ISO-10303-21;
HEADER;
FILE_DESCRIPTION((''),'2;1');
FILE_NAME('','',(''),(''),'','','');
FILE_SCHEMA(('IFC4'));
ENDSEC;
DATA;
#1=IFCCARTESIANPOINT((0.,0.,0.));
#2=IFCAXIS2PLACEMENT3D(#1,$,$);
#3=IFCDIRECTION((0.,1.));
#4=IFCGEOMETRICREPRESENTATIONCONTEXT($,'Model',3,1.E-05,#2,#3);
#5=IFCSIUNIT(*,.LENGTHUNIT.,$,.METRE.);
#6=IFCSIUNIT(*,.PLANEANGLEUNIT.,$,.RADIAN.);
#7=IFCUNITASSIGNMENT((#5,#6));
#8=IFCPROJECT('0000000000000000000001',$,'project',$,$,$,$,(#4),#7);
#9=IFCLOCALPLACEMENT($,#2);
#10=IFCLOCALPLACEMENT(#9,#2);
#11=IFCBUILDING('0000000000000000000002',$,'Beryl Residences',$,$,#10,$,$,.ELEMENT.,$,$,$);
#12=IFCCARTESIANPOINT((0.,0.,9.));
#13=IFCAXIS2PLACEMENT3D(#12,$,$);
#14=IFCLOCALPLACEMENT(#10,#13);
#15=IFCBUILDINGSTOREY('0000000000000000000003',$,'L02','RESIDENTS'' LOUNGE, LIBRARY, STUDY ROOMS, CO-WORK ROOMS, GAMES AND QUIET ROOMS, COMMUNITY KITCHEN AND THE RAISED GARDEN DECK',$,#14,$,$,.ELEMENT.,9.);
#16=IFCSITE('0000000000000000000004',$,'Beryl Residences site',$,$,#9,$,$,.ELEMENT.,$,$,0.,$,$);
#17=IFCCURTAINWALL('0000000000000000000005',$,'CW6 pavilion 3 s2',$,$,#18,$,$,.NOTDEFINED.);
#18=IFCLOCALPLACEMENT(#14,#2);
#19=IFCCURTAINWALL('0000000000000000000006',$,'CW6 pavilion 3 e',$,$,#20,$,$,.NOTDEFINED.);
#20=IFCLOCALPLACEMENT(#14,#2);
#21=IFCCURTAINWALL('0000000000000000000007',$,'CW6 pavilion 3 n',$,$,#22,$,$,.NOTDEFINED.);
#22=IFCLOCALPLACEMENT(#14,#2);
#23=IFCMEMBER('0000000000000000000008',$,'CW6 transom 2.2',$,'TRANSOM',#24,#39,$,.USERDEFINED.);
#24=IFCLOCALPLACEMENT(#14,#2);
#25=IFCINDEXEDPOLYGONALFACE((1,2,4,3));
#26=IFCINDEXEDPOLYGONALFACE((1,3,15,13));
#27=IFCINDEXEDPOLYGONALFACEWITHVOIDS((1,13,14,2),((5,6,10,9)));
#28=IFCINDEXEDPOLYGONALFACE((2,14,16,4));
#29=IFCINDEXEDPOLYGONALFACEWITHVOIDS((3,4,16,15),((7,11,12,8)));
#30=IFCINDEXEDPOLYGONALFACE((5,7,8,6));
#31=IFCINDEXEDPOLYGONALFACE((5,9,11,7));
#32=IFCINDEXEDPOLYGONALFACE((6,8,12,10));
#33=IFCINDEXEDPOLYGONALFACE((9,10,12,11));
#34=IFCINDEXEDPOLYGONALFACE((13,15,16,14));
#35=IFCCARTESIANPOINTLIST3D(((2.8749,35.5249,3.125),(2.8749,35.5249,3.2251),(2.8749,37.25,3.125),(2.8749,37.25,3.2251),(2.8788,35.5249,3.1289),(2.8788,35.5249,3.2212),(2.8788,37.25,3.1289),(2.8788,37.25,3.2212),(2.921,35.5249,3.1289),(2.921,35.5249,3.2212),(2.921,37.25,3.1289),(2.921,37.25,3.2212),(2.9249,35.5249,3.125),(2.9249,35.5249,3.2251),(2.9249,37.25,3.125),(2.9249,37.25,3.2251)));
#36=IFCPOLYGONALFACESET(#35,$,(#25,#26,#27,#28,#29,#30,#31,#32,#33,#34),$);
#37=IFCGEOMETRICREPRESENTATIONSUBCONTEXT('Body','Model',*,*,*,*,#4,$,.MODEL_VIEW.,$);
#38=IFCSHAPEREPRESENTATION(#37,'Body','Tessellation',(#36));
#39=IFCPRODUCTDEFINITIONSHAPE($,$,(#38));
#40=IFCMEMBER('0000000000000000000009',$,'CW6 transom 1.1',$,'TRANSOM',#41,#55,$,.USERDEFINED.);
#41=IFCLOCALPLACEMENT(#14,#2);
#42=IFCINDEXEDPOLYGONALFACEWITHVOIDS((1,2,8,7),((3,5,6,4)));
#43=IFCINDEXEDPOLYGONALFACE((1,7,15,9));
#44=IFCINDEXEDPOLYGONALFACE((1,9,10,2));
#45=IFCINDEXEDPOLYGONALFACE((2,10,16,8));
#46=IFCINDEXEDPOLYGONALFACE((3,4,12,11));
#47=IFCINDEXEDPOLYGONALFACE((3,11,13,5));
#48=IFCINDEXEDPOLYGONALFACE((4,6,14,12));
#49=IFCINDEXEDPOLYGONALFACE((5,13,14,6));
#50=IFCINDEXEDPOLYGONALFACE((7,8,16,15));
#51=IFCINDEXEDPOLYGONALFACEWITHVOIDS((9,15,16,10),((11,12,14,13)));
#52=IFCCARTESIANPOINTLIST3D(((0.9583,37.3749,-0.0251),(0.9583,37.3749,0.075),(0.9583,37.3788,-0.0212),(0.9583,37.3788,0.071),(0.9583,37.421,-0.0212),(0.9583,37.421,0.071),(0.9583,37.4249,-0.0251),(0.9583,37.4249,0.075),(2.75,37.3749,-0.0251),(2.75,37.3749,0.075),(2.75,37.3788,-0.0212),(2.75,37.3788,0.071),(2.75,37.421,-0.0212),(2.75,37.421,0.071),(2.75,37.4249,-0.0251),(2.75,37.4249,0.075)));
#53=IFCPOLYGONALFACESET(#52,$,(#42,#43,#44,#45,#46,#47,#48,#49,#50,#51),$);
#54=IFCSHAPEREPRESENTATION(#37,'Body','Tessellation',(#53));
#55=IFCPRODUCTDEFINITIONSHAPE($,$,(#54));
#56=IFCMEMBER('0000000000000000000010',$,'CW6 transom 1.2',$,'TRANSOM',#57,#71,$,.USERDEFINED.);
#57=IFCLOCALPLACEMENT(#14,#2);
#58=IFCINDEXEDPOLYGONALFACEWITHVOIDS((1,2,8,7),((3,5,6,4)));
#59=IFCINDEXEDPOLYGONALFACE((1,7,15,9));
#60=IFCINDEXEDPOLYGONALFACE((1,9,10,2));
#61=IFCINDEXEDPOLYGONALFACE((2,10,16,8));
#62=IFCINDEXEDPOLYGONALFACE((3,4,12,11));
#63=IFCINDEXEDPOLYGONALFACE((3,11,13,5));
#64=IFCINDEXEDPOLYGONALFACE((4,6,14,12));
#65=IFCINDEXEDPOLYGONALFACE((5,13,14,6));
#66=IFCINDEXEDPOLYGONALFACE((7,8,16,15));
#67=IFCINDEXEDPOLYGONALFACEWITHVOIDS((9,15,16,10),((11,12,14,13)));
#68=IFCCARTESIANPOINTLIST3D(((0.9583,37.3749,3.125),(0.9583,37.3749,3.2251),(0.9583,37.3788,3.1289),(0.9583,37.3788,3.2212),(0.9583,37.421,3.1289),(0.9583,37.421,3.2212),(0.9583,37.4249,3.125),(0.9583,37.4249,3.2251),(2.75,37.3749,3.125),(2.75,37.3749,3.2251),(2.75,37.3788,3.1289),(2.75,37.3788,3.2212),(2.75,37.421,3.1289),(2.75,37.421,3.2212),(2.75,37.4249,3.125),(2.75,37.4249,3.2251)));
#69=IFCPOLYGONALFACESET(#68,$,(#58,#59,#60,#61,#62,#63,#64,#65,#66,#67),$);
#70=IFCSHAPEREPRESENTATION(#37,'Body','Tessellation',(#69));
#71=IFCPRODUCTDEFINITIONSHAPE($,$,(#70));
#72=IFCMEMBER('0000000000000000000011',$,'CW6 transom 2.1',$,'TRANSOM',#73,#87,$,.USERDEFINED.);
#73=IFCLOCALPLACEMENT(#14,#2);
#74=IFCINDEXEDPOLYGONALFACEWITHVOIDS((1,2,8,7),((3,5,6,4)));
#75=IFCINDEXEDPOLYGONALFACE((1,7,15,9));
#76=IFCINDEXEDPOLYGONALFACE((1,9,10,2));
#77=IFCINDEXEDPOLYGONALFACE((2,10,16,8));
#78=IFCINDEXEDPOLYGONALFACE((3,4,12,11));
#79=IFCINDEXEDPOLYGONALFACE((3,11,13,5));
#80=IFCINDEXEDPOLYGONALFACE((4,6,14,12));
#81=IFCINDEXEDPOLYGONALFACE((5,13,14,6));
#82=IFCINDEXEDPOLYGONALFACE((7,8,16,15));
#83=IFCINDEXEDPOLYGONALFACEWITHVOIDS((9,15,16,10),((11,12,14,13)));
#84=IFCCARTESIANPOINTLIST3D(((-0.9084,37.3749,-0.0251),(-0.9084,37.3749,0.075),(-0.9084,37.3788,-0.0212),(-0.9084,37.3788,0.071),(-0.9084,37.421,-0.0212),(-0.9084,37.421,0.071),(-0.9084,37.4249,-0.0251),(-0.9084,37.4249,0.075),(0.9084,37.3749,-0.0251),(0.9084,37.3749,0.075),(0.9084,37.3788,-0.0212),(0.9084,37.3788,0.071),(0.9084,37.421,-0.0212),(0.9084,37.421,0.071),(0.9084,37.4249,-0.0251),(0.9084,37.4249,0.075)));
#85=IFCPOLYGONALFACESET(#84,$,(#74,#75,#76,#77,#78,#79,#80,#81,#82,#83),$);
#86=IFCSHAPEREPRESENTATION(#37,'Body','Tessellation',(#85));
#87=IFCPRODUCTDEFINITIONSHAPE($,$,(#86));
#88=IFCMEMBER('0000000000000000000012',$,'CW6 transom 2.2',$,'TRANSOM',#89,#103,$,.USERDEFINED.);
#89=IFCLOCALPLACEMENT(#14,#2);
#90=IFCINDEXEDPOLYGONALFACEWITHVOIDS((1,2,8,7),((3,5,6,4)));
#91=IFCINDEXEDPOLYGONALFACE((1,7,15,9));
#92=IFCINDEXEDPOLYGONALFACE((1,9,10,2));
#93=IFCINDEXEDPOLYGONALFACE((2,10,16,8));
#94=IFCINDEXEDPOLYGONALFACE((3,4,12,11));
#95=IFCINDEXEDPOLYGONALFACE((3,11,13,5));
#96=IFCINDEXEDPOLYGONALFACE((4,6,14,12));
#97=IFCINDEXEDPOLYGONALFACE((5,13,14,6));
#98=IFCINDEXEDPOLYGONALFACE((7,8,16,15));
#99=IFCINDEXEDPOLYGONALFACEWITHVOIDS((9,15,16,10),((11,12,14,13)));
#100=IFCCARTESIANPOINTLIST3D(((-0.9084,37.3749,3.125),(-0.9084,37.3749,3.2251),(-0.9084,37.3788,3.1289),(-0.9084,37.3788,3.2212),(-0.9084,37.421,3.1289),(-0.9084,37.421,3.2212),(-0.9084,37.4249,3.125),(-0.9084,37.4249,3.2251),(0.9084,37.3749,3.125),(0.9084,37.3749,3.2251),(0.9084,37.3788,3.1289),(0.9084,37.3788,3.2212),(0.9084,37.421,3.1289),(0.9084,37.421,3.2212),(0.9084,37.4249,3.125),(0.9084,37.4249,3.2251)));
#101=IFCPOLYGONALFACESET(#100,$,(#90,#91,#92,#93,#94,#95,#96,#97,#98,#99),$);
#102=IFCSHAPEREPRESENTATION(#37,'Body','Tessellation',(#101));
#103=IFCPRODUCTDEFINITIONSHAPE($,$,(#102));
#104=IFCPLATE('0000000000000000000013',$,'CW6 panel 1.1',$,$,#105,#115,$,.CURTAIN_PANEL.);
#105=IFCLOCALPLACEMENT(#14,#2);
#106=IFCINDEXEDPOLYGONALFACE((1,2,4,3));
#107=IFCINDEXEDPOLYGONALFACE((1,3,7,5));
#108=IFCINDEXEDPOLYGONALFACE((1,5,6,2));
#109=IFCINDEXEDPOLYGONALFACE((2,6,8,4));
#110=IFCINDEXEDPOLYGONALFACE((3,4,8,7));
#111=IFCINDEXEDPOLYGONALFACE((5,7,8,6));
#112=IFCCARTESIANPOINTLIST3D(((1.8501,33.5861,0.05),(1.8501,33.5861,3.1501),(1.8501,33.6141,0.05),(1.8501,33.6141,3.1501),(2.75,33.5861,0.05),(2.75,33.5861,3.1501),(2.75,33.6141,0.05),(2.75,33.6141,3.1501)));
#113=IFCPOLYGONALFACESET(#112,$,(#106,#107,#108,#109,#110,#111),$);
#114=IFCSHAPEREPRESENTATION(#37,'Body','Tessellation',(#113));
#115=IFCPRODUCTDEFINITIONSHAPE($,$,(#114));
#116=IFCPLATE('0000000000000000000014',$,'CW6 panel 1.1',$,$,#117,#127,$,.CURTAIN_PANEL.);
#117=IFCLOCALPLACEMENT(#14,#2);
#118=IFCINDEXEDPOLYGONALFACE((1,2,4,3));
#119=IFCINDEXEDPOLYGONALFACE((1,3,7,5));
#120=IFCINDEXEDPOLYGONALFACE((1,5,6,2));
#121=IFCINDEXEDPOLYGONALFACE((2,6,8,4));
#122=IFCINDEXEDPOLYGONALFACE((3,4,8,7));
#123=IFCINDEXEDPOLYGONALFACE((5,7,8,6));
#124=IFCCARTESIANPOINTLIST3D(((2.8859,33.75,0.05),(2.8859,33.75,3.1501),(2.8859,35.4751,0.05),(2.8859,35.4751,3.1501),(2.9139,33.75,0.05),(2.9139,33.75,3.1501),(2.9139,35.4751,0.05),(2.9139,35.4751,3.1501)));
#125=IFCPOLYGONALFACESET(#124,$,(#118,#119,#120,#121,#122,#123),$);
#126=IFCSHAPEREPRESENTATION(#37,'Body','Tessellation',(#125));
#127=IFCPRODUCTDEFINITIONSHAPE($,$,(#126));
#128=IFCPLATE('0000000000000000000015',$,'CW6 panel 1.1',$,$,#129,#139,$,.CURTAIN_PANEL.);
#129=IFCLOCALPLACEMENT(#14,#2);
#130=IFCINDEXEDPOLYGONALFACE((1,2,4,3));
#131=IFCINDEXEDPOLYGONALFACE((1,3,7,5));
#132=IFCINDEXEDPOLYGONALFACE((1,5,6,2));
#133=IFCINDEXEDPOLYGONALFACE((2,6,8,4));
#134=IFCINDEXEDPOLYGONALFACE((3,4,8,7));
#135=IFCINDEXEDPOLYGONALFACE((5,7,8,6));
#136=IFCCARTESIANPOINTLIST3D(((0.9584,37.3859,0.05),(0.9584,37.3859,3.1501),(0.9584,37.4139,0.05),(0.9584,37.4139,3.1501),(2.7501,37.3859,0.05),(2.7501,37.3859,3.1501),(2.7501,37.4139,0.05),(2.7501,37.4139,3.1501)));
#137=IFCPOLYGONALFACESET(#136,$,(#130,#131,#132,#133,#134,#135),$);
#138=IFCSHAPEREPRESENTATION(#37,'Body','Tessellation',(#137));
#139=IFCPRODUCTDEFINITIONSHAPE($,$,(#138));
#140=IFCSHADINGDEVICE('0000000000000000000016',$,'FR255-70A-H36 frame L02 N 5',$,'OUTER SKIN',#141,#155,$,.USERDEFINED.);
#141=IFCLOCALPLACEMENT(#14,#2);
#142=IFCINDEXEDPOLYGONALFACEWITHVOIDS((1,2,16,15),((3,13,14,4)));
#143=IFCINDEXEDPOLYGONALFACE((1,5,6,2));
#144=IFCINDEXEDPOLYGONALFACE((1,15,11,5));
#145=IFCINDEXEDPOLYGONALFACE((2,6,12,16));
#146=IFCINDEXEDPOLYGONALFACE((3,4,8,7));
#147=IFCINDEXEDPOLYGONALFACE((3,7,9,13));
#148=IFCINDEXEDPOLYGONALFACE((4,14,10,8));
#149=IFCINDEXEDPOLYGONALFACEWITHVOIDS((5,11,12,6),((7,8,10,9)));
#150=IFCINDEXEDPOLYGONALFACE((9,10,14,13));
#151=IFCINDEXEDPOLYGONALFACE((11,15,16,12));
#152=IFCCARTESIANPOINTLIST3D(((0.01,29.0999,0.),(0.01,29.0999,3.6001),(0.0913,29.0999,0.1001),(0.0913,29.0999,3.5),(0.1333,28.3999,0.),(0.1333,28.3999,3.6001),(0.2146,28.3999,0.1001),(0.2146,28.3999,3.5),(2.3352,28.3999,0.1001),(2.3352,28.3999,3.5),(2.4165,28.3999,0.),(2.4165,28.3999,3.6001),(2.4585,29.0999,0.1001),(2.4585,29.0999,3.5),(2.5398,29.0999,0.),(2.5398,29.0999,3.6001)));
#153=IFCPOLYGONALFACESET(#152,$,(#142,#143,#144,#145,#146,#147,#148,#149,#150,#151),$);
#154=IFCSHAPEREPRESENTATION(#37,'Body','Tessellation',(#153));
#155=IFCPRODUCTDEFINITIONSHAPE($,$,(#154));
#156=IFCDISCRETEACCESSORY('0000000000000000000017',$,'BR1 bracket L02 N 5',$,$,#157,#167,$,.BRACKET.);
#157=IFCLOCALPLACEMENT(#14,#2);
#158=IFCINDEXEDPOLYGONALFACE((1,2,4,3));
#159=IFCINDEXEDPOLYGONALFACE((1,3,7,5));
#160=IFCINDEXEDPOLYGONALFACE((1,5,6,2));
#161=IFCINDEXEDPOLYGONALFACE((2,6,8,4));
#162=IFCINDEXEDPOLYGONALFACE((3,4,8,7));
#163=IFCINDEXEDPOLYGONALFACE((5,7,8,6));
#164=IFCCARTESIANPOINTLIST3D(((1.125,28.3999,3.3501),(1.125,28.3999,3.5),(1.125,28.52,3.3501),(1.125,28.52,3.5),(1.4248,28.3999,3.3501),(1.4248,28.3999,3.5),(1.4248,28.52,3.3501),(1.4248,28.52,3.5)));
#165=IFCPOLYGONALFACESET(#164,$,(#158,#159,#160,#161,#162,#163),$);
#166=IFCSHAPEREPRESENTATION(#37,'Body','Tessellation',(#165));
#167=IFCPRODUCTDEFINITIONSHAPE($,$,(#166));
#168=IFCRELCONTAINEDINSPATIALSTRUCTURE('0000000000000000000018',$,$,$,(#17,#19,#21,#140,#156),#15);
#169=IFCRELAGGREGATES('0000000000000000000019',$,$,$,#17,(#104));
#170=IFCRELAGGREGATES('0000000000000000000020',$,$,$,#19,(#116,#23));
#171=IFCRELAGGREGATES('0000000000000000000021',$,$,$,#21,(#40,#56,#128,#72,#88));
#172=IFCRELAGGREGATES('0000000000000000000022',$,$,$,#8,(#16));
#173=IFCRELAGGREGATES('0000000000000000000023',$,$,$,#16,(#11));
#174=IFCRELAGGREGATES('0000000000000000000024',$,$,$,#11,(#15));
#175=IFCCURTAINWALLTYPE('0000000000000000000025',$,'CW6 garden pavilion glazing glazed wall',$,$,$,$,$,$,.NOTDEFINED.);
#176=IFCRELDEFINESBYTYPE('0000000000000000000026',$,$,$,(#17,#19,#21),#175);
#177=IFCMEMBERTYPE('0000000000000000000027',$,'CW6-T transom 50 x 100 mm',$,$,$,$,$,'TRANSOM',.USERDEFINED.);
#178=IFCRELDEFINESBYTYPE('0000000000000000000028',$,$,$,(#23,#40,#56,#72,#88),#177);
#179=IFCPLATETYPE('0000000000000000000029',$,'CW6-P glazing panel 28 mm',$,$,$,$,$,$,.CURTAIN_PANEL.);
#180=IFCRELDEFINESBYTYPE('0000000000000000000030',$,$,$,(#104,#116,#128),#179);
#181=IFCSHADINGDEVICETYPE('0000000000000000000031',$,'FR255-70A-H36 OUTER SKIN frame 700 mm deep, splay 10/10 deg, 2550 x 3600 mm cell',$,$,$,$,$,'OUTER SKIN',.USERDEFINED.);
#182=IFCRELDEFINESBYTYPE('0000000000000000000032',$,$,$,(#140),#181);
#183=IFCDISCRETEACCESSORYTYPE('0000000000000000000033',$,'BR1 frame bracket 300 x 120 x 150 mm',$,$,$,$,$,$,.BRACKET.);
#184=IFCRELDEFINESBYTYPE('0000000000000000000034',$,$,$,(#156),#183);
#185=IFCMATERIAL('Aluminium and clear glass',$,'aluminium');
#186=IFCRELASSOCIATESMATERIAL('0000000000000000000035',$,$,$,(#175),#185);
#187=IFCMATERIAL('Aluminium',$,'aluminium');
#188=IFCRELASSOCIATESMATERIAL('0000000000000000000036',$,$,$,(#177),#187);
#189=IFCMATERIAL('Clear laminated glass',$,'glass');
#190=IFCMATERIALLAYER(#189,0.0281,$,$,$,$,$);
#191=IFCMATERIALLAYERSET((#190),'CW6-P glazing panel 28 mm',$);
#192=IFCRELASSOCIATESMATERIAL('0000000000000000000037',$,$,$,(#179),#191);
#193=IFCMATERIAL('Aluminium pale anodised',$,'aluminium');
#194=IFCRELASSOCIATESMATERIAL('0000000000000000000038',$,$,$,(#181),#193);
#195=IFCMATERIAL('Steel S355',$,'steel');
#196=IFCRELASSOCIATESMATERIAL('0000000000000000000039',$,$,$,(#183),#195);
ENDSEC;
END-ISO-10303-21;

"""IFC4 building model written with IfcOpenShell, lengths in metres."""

from ifc_helpers import new_model, entity, si_unit, direction, frame, origin, origin_2d, place, context, subcontext, project, spatial, polyline, rectangle, hollow_rectangle, outline, extrude, source, transform, mapped, material, layer, layer_set, material_profile, profile_set, type_object, type_shapes, element, aggregate, save


model = new_model("IFC4")

# Units and contexts
model_context = context("Model", 3, precision=1e-05, world=origin(), true_north=direction((0.0, 1.0)))
body_context = subcontext(model_context, "Body", "Model", "MODEL_VIEW")
ifc_project = project(units=[si_unit("LENGTHUNIT", "METRE"), si_unit("PLANEANGLEUNIT", "RADIAN")], contexts=[model_context])

# Site, building, storey
site_placement = place(None, origin())
site = spatial("IfcSite", under=ifc_project, at=site_placement, Name="Beryl Residences site", CompositionType="ELEMENT", RefElevation=0.0)
building_placement = place(site_placement, origin())
building = spatial("IfcBuilding", under=site, at=building_placement, Name="Beryl Residences", CompositionType="ELEMENT")
storey_placement = place(building_placement, frame((0.0, 0.0, 9.0)))
storey = spatial("IfcBuildingStorey", under=building, at=storey_placement, Name="L02", Description="RESIDENTS' LOUNGE, LIBRARY, STUDY ROOMS, CO-WORK ROOMS, GAMES AND QUIET ROOMS, COMMUNITY KITCHEN AND THE RAISED GARDEN DECK", CompositionType="ELEMENT", Elevation=9.0)

# Curtain walls
ifc_material_1 = material(Name="Aluminium and clear glass", Category="aluminium")
curtain_wall_type = type_object("IfcCurtainWallType", Name="CW6 garden pavilion glazing glazed wall", PredefinedType="NOTDEFINED", material=ifc_material_1)
curtain_wall_1_placement = place(storey_placement, origin())
curtain_wall_1 = element("IfcCurtainWall", 1, at=curtain_wall_1_placement, inside=storey, type_object=curtain_wall_type, Name="CW6 pavilion 3 s2", PredefinedType="NOTDEFINED")
curtain_wall_2_placement = place(storey_placement, origin())
curtain_wall_2 = element("IfcCurtainWall", 2, at=curtain_wall_2_placement, inside=storey, type_object=curtain_wall_type, Name="CW6 pavilion 3 e", PredefinedType="NOTDEFINED")
curtain_wall_3_placement = place(storey_placement, origin())
curtain_wall_3 = element("IfcCurtainWall", 3, at=curtain_wall_3_placement, inside=storey, type_object=curtain_wall_type, Name="CW6 pavilion 3 n", PredefinedType="NOTDEFINED")

# Members
ifc_material_2 = material(Name="Aluminium", Category="aluminium")
ifc_material_profile_1 = material_profile(ifc_material_2, hollow_rectangle(XDim=0.05, YDim=0.1001, WallThickness=0.0039, at=origin_2d()))
ifc_profile_set_1 = profile_set([ifc_material_profile_1], Name="Aluminium")
member_type_1 = type_object("IfcMemberType", Name="CW6-T transom 50 x 100 mm", ElementType="TRANSOM", PredefinedType="USERDEFINED", material=ifc_profile_set_1)
member_1_placement = place(storey_placement, frame((2.8999, 35.5249, 3.175), z_axis=(0.0, 1.0, 0.0), x_axis=(-1.0, 0.0, 0.0)))
member_1 = element("IfcMember", 4, at=member_1_placement, type_object=member_type_1, Name="CW6 transom 2.2", ObjectType="TRANSOM", PredefinedType="USERDEFINED", context=body_context, shape_type="SweptSolid", body=[
    extrude(hollow_rectangle(XDim=0.05, YDim=0.1001, WallThickness=0.0039, at=origin_2d()), origin(), (0.0, 0.0, 1.0), 1.7251),
])
member_2_placement = place(storey_placement, frame((2.75, 37.3999, 0.0249), z_axis=(-1.0, 0.0, 0.0), x_axis=(0.0, -1.0, 0.0)))
member_2 = element("IfcMember", 5, at=member_2_placement, type_object=member_type_1, Name="CW6 transom 1.1", ObjectType="TRANSOM", PredefinedType="USERDEFINED", context=body_context, shape_type="SweptSolid", body=[
    extrude(hollow_rectangle(XDim=0.05, YDim=0.1001, WallThickness=0.0039, at=origin_2d()), origin(), (0.0, 0.0, 1.0), 1.7917),
])
member_3_placement = place(storey_placement, frame((2.75, 37.3999, 3.175), z_axis=(-1.0, 0.0, 0.0), x_axis=(0.0, -1.0, 0.0)))
member_3 = element("IfcMember", 6, at=member_3_placement, type_object=member_type_1, Name="CW6 transom 1.2", ObjectType="TRANSOM", PredefinedType="USERDEFINED", context=body_context, shape_type="SweptSolid", body=[
    extrude(hollow_rectangle(XDim=0.05, YDim=0.1001, WallThickness=0.0039, at=origin_2d()), origin(), (0.0, 0.0, 1.0), 1.7917),
])
member_4_placement = place(storey_placement, frame((0.9084, 37.3999, 0.0249), z_axis=(-1.0, 0.0, 0.0), x_axis=(0.0, -1.0, 0.0)))
member_4 = element("IfcMember", 7, at=member_4_placement, type_object=member_type_1, Name="CW6 transom 2.1", ObjectType="TRANSOM", PredefinedType="USERDEFINED", context=body_context, shape_type="SweptSolid", body=[
    extrude(hollow_rectangle(XDim=0.05, YDim=0.1001, WallThickness=0.0039, at=origin_2d()), origin(), (0.0, 0.0, 1.0), 1.8169),
])
member_5_placement = place(storey_placement, frame((0.9084, 37.3999, 3.175), z_axis=(-1.0, 0.0, 0.0), x_axis=(0.0, -1.0, 0.0)))
member_5 = element("IfcMember", 8, at=member_5_placement, type_object=member_type_1, Name="CW6 transom 2.2", ObjectType="TRANSOM", PredefinedType="USERDEFINED", context=body_context, shape_type="SweptSolid", body=[
    extrude(hollow_rectangle(XDim=0.05, YDim=0.1001, WallThickness=0.0039, at=origin_2d()), origin(), (0.0, 0.0, 1.0), 1.8169),
])

# Plates
ifc_material_3 = material(Name="Clear laminated glass", Category="glass")
ifc_layer = layer(ifc_material_3, 0.0281)
ifc_layer_set = layer_set([ifc_layer], Name="CW6-P glazing panel 28 mm")
plate_type = type_object("IfcPlateType", Name="CW6-P glazing panel 28 mm", PredefinedType="CURTAIN_PANEL", material=ifc_layer_set)
plate_1_placement = place(storey_placement, frame((2.3, 33.6001, 0.05), z_axis=(0.0, 0.0, 1.0), x_axis=(1.0, 0.0, 0.0)))
plate_1 = element("IfcPlate", 9, at=plate_1_placement, type_object=plate_type, Name="CW6 panel 1.1", PredefinedType="CURTAIN_PANEL", context=body_context, shape_type="SweptSolid", body=[
    extrude(rectangle(XDim=0.8999, YDim=0.0281, at=origin_2d()), origin(), (0.0, 0.0, 1.0), 3.1001),
])
aggregate(curtain_wall_1, [plate_1])
plate_2_placement = place(storey_placement, frame((2.8999, 34.6125, 0.05), z_axis=(0.0, 0.0, 1.0), x_axis=(0.0, 1.0, 0.0)))
plate_2 = element("IfcPlate", 10, at=plate_2_placement, type_object=plate_type, Name="CW6 panel 1.1", PredefinedType="CURTAIN_PANEL", context=body_context, shape_type="SweptSolid", body=[
    extrude(rectangle(XDim=1.7251, YDim=0.0281, at=origin_2d()), origin(), (0.0, 0.0, 1.0), 3.1001),
])
aggregate(curtain_wall_2, [plate_2, member_1])
plate_3_placement = place(storey_placement, frame((1.8542, 37.3999, 0.05), z_axis=(0.0, 0.0, 1.0), x_axis=(-1.0, 0.0, 0.0)))
plate_3 = element("IfcPlate", 11, at=plate_3_placement, type_object=plate_type, Name="CW6 panel 1.1", PredefinedType="CURTAIN_PANEL", context=body_context, shape_type="SweptSolid", body=[
    extrude(rectangle(XDim=1.7917, YDim=0.0281, at=origin_2d()), origin(), (0.0, 0.0, 1.0), 3.1001),
])
aggregate(curtain_wall_3, [member_2, member_3, plate_3, member_4, member_5])

# Shading device
ifc_material_4 = material(Name="Aluminium pale anodised", Category="aluminium")
shading_device_type = type_object("IfcShadingDeviceType", Name="FR255-70A-H36 OUTER SKIN frame 700 mm deep, splay 10/10 deg, 2550 x 3600 mm cell", ElementType="OUTER SKIN", PredefinedType="USERDEFINED", material=ifc_material_4)
cartesian_point_1 = entity("IfcCartesianPoint", [-1.1416, 0.0])
cartesian_point_2 = entity("IfcCartesianPoint", [-1.0603, 0.1001])
cartesian_point_3 = entity("IfcCartesianPoint", [-1.2649, 0.0])
cartesian_point_4 = entity("IfcCartesianPoint", [-1.1836, 0.1001])
shared_shape_1 = source(origin(), body_context, "Body", "SweptSolid", [
    entity("IfcExtrudedAreaSolidTapered", entity("IfcArbitraryProfileDefWithVoids", "AREA", None, entity("IfcPolyline", [cartesian_point_1, entity("IfcCartesianPoint", [1.1416, 0.0]), entity("IfcCartesianPoint", [1.1416, 3.6001]), entity("IfcCartesianPoint", [-1.1416, 3.6001]), cartesian_point_1]), [entity("IfcPolyline", [cartesian_point_2, entity("IfcCartesianPoint", [1.0603, 0.1001]), entity("IfcCartesianPoint", [1.0603, 3.5]), entity("IfcCartesianPoint", [-1.0603, 3.5]), cartesian_point_2])]), entity("IfcAxis2Placement3D", entity("IfcCartesianPoint", [0.0, 0.0, 0.0]), entity("IfcDirection", [0.0, 1.0, 0.0]), entity("IfcDirection", [-1.0, 0.0, 0.0])), entity("IfcDirection", [0.0, 0.0, 1.0]), 0.7, entity("IfcArbitraryProfileDefWithVoids", "AREA", None, entity("IfcPolyline", [cartesian_point_3, entity("IfcCartesianPoint", [1.2649, 0.0]), entity("IfcCartesianPoint", [1.2649, 3.6001]), entity("IfcCartesianPoint", [-1.2649, 3.6001]), cartesian_point_3]), [entity("IfcPolyline", [cartesian_point_4, entity("IfcCartesianPoint", [1.1836, 0.1001]), entity("IfcCartesianPoint", [1.1836, 3.5]), entity("IfcCartesianPoint", [-1.1836, 3.5]), cartesian_point_4])])),
])
type_shapes(shading_device_type, [shared_shape_1])
shading_device_placement = place(storey_placement, frame((1.2749, 28.3999, 0.0), z_axis=(0.0, 0.0, 1.0), x_axis=(1.0, 0.0, 0.0)))
element("IfcShadingDevice", 12, at=shading_device_placement, inside=storey, type_object=shading_device_type, Name="FR255-70A-H36 frame L02 N 5", ObjectType="OUTER SKIN", PredefinedType="USERDEFINED", context=body_context, shape_type="MappedRepresentation", body=[
    mapped(shared_shape_1, transform((0.0, 0.0, 0.0))),
])

# Discrete accessory
ifc_material_5 = material(Name="Steel S355", Category="steel")
discrete_accessory_type = type_object("IfcDiscreteAccessoryType", Name="BR1 frame bracket 300 x 120 x 150 mm", PredefinedType="BRACKET", material=ifc_material_5)
shared_shape_2 = source(origin(), body_context, "Body", "SweptSolid", [
    extrude(outline(polyline([(-0.1499, 0.0), (0.1499, 0.0), (0.1499, 0.1201), (-0.1499, 0.1201), (-0.1499, 0.0)])), origin(), (0.0, 0.0, 1.0), 0.1499),
])
type_shapes(discrete_accessory_type, [shared_shape_2])
discrete_accessory_placement = place(storey_placement, frame((1.2749, 28.3999, 3.3501), z_axis=(0.0, 0.0, 1.0), x_axis=(1.0, 0.0, 0.0)))
element("IfcDiscreteAccessory", 13, at=discrete_accessory_placement, inside=storey, type_object=discrete_accessory_type, Name="BR1 bracket L02 N 5", PredefinedType="BRACKET", context=body_context, shape_type="MappedRepresentation", body=[
    mapped(shared_shape_2, transform((0.0, 0.0, 0.0))),
])

save(model, "model.ifc")
